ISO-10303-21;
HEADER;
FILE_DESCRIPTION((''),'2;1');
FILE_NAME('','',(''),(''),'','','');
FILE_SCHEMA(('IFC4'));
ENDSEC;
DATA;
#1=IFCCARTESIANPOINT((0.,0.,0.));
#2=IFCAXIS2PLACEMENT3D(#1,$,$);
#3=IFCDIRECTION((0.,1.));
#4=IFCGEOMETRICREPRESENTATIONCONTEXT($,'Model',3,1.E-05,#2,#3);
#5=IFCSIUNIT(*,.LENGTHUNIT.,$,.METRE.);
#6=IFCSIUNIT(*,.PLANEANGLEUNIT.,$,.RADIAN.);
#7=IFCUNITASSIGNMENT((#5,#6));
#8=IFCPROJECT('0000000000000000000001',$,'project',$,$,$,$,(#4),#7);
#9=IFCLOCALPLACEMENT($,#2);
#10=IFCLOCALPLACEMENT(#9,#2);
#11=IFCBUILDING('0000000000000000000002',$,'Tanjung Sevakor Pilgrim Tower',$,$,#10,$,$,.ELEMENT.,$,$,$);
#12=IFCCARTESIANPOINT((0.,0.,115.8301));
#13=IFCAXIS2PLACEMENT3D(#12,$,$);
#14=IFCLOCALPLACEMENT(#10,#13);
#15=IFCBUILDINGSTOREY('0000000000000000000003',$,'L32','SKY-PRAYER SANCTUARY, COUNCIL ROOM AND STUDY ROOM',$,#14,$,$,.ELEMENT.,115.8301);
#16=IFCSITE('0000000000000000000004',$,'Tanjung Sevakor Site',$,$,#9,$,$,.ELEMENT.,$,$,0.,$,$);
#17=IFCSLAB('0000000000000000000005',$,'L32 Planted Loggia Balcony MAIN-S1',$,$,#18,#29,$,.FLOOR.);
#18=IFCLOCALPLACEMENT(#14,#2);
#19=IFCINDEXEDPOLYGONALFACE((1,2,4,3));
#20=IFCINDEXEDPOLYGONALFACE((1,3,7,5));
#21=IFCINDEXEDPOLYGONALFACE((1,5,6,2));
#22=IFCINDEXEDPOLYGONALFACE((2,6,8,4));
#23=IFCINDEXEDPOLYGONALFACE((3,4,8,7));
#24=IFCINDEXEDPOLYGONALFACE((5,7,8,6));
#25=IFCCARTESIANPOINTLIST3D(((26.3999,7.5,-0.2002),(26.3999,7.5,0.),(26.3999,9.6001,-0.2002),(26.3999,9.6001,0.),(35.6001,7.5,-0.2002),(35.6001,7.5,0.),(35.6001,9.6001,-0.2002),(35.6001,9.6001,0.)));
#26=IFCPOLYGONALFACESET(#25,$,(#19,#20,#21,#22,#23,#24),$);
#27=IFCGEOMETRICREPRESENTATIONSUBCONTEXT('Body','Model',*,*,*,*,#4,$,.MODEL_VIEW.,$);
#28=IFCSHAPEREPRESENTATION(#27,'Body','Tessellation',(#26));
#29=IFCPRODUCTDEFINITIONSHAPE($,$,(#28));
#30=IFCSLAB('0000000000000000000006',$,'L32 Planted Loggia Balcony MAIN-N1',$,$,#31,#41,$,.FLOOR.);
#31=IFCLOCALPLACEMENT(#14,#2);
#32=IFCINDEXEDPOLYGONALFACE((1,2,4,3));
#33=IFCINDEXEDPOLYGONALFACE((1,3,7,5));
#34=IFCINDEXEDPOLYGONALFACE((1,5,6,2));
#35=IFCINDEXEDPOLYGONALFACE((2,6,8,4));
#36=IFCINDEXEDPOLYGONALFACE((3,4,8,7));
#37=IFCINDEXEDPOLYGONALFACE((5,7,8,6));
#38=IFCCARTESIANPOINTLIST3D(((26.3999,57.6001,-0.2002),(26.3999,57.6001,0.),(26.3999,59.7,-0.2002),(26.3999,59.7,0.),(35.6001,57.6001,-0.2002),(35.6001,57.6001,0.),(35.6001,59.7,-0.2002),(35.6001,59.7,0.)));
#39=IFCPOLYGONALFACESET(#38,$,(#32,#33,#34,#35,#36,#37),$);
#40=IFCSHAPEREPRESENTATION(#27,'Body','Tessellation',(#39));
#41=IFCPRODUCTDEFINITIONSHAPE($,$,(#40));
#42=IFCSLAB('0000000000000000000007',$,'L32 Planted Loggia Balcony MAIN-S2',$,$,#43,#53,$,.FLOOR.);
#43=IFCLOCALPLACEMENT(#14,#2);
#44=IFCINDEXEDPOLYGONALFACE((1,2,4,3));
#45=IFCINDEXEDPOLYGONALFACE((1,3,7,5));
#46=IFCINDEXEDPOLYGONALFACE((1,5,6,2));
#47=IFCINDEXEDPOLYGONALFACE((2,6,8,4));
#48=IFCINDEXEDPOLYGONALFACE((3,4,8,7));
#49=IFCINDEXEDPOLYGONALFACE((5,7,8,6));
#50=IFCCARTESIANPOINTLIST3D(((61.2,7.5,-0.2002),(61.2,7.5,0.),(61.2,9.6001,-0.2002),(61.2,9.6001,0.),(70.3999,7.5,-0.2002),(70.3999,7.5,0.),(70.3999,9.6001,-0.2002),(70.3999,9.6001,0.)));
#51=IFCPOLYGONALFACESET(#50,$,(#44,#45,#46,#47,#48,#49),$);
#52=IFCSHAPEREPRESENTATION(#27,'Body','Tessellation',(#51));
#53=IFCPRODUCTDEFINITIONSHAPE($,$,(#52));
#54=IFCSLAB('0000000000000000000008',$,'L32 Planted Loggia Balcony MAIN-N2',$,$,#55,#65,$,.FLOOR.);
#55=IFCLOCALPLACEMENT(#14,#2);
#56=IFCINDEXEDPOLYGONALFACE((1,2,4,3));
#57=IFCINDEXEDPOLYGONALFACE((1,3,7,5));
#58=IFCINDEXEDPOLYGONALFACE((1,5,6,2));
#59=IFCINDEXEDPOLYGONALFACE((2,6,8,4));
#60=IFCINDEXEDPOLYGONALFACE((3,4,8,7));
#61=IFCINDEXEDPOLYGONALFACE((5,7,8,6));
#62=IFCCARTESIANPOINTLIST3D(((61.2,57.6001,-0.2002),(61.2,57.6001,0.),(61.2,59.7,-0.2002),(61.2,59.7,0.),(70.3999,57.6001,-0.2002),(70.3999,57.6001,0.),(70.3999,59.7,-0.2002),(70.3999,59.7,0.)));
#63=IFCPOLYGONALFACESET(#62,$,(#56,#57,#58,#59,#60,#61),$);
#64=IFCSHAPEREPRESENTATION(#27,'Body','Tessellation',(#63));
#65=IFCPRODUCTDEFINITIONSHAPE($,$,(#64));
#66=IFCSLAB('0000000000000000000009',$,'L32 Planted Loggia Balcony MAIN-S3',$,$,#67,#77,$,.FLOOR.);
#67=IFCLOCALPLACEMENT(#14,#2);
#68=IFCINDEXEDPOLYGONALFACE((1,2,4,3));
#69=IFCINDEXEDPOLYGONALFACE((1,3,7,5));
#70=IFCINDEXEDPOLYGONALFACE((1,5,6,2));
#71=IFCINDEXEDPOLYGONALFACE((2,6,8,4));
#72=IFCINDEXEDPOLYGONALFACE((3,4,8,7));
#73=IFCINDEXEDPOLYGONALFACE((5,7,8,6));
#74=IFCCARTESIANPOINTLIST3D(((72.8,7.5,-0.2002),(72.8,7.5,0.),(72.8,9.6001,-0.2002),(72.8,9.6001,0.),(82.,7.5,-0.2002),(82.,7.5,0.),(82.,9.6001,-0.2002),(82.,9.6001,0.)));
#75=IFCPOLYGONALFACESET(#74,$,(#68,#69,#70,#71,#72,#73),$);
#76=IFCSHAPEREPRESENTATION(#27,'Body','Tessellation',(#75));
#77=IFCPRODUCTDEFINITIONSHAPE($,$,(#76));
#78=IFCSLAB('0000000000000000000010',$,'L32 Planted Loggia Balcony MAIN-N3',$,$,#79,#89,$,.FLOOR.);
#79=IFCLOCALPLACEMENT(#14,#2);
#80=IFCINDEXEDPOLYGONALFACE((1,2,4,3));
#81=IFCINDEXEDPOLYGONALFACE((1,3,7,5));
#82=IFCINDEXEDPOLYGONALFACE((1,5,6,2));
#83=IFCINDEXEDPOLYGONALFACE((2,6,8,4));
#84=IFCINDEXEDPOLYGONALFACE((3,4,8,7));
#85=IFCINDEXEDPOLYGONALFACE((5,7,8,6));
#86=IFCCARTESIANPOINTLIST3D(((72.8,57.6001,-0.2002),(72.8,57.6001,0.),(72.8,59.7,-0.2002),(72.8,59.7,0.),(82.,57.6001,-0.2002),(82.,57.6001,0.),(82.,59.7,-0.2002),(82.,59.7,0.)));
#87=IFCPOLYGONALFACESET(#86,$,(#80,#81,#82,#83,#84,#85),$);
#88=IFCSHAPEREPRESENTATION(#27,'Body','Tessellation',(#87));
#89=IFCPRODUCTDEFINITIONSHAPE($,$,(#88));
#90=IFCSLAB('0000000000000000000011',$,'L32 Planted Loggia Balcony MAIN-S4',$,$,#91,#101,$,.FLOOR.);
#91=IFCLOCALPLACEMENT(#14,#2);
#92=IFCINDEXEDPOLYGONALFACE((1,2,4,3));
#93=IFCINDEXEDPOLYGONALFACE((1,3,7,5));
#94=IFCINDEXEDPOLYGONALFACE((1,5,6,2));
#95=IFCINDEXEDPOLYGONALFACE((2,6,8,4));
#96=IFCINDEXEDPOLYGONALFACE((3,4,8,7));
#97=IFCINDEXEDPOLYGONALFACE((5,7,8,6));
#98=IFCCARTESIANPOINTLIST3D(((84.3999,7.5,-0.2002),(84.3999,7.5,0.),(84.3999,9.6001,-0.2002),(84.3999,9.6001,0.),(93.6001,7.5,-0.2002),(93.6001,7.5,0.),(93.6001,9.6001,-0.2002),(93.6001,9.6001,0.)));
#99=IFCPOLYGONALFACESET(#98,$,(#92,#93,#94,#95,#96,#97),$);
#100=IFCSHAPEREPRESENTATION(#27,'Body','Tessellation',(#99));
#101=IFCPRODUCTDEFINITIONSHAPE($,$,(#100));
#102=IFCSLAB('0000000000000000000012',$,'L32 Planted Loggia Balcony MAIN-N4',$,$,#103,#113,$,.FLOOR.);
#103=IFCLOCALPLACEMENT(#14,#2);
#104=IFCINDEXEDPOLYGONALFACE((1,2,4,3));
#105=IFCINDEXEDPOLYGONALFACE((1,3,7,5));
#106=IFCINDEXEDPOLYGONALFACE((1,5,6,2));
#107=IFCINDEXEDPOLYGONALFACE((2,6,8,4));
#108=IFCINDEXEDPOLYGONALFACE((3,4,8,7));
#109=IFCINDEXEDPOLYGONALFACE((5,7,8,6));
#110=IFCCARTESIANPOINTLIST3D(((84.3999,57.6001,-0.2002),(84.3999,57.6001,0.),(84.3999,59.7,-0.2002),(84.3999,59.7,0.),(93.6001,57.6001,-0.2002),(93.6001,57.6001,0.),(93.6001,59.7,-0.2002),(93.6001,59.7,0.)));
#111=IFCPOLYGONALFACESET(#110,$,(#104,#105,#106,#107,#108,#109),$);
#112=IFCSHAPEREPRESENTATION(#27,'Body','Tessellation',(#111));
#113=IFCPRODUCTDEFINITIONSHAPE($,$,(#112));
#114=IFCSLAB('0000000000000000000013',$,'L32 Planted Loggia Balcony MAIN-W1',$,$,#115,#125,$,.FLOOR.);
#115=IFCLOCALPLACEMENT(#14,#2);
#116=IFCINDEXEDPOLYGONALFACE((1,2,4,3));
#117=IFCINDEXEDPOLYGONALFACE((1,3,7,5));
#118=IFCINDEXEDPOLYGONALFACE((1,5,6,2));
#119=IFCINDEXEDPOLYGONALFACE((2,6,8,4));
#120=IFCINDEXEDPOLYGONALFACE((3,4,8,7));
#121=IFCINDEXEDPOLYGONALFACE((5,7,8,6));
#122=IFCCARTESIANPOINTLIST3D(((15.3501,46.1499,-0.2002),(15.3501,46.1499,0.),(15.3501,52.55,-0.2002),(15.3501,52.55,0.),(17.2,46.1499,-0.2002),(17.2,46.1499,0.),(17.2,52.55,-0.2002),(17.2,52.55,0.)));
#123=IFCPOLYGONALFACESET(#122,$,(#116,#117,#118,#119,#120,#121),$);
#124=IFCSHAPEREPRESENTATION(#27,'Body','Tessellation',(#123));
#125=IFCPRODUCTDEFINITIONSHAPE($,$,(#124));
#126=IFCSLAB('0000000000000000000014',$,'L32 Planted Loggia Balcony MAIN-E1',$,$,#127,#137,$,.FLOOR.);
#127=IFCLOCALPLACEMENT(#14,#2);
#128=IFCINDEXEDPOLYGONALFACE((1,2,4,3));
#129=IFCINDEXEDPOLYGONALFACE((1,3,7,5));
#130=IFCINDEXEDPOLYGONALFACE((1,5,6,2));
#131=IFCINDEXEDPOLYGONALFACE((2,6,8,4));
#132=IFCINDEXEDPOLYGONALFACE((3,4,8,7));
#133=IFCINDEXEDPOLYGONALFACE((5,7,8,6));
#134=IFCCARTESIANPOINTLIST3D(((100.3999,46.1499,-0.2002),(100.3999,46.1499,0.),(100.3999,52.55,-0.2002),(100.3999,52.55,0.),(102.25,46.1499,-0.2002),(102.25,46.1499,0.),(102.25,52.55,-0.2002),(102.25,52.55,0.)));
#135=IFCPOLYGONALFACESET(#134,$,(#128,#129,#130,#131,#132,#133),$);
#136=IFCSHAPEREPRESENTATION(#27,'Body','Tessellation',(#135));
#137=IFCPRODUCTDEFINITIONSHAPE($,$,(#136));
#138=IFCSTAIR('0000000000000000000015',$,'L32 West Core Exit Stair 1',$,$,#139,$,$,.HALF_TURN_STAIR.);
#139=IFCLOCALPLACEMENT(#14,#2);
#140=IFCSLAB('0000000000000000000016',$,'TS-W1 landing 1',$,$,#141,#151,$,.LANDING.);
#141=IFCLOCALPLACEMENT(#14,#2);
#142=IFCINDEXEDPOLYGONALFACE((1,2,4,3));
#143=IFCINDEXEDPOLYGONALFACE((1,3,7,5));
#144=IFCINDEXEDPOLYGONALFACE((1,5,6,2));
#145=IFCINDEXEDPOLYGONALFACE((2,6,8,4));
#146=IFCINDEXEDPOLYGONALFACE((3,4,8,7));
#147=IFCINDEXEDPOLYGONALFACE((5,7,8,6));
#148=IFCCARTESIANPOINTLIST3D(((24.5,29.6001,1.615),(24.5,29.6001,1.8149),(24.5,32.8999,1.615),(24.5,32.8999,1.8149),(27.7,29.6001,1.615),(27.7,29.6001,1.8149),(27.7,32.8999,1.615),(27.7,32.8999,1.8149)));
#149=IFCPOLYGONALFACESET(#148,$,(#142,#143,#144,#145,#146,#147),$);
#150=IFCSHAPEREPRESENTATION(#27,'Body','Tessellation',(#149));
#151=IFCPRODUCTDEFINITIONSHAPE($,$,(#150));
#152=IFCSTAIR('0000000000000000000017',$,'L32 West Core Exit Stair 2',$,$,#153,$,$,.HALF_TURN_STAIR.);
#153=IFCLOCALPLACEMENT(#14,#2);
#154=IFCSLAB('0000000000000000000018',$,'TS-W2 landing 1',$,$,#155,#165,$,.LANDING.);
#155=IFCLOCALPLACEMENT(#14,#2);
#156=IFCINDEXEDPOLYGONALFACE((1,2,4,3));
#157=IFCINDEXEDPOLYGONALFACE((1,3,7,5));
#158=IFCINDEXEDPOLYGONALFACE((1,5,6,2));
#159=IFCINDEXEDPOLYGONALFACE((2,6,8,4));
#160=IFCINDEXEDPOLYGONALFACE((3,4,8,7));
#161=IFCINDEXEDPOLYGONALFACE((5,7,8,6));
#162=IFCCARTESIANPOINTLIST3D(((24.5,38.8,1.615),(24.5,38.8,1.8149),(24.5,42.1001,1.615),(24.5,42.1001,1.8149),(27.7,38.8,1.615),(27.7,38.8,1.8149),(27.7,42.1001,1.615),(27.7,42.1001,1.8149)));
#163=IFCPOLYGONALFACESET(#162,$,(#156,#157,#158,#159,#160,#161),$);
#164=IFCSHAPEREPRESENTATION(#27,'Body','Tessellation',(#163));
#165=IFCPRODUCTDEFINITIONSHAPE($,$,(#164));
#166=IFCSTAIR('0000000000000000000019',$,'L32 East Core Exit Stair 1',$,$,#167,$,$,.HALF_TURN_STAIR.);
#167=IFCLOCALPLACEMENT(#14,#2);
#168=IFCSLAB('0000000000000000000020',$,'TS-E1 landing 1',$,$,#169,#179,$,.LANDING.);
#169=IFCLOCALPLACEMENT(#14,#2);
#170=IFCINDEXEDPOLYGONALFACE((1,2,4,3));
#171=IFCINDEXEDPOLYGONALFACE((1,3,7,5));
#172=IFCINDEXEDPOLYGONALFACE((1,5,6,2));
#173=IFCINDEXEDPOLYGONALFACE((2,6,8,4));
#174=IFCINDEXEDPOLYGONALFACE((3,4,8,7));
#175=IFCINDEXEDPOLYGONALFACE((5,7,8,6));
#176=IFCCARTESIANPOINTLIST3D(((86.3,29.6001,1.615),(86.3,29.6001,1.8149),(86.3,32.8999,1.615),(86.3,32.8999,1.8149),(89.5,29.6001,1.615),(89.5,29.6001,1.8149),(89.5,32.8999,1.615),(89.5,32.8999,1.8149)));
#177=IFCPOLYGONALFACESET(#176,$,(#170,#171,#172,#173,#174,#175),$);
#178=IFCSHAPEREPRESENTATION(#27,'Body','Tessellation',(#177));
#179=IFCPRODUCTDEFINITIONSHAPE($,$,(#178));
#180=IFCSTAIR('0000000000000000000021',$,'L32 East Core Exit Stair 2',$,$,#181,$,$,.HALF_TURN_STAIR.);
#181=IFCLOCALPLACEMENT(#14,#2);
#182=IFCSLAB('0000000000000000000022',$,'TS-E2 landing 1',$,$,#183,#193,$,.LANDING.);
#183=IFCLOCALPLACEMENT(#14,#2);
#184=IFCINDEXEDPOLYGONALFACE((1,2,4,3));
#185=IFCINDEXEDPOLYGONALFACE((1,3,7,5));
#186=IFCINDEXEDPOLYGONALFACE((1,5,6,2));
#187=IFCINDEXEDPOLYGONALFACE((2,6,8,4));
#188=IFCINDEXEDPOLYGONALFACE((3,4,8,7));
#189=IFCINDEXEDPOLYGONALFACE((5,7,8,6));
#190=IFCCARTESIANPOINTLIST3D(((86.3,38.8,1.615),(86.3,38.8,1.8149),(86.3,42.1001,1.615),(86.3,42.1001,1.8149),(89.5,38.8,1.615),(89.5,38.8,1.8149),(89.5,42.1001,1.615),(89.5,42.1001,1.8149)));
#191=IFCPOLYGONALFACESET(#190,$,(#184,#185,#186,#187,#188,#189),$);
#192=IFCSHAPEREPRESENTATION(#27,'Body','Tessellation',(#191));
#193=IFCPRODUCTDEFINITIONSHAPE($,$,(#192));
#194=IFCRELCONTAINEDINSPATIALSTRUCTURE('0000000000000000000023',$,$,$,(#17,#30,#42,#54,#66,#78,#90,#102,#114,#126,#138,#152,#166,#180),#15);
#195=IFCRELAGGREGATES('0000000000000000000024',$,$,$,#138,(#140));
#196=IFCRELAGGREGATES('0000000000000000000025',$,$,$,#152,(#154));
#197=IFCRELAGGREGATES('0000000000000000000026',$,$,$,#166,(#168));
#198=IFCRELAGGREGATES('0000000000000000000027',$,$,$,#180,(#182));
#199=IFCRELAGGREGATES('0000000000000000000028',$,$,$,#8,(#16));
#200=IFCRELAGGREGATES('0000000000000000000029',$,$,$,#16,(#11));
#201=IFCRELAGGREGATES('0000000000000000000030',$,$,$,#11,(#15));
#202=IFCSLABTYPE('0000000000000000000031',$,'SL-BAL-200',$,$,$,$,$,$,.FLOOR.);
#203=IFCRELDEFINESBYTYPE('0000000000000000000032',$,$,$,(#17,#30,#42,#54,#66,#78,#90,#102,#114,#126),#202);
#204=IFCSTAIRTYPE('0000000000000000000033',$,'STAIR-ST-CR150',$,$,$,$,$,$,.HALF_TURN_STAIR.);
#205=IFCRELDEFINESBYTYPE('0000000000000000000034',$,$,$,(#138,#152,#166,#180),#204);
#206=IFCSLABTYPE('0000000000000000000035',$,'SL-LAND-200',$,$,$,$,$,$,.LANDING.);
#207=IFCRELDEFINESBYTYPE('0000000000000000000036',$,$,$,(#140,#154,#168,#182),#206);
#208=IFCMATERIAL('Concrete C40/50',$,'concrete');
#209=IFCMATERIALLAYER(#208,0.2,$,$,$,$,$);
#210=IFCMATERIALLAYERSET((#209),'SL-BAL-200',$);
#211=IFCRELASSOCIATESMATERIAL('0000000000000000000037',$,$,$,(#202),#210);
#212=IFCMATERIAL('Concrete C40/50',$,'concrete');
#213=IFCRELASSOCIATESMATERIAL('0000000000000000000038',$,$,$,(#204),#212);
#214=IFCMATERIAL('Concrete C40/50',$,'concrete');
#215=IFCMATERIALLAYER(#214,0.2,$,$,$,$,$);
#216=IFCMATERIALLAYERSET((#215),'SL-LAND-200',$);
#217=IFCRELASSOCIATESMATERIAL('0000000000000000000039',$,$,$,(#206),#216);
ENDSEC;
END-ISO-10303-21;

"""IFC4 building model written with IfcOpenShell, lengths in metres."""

from ifc_helpers import new_model, si_unit, direction, frame, origin, place, context, subcontext, project, spatial, polyline, outline, extrude, material, layer, layer_set, type_object, element, aggregate, save


model = new_model("IFC4")

# Units and contexts
model_context = context("Model", 3, precision=1e-05, world=origin(), true_north=direction((0.0, 1.0)))
body_context = subcontext(model_context, "Body", "Model", "MODEL_VIEW")
ifc_project = project(units=[si_unit("LENGTHUNIT", "METRE"), si_unit("PLANEANGLEUNIT", "RADIAN")], contexts=[model_context])

# Site, building, storey
site_placement = place(None, origin())
site = spatial("IfcSite", under=ifc_project, at=site_placement, Name="Tanjung Sevakor Site", CompositionType="ELEMENT", RefElevation=0.0)
building_placement = place(site_placement, origin())
building = spatial("IfcBuilding", under=site, at=building_placement, Name="Tanjung Sevakor Pilgrim Tower", CompositionType="ELEMENT")
storey_placement = place(building_placement, frame((0.0, 0.0, 115.8301)))
storey = spatial("IfcBuildingStorey", under=building, at=storey_placement, Name="L32", Description="SKY-PRAYER SANCTUARY, COUNCIL ROOM AND STUDY ROOM", CompositionType="ELEMENT", Elevation=115.8301)

# Slabs
ifc_material_1 = material(Name="Concrete C40/50", Category="concrete")
ifc_layer_1 = layer(ifc_material_1, 0.2)
ifc_layer_set_1 = layer_set([ifc_layer_1], Name="SL-BAL-200")
slab_type_1 = type_object("IfcSlabType", Name="SL-BAL-200", PredefinedType="FLOOR", material=ifc_layer_set_1)
slab_1_placement = place(storey_placement, frame((0.0, 0.0, -0.2002)))
element("IfcSlab", 1, at=slab_1_placement, inside=storey, type_object=slab_type_1, Name="L32 Planted Loggia Balcony MAIN-S1", PredefinedType="FLOOR", context=body_context, shape_type="SweptSolid", body=[
    extrude(outline(polyline([(26.3999, 7.5), (35.6001, 7.5), (35.6001, 9.6001), (26.3999, 9.6001), (26.3999, 7.5)])), origin(), (0.0, 0.0, 1.0), 0.2002),
])
slab_2_placement = place(storey_placement, frame((0.0, 0.0, -0.2002)))
element("IfcSlab", 2, at=slab_2_placement, inside=storey, type_object=slab_type_1, Name="L32 Planted Loggia Balcony MAIN-N1", PredefinedType="FLOOR", context=body_context, shape_type="SweptSolid", body=[
    extrude(outline(polyline([(26.3999, 57.6001), (35.6001, 57.6001), (35.6001, 59.7), (26.3999, 59.7), (26.3999, 57.6001)])), origin(), (0.0, 0.0, 1.0), 0.2002),
])
slab_3_placement = place(storey_placement, frame((0.0, 0.0, -0.2002)))
element("IfcSlab", 3, at=slab_3_placement, inside=storey, type_object=slab_type_1, Name="L32 Planted Loggia Balcony MAIN-S2", PredefinedType="FLOOR", context=body_context, shape_type="SweptSolid", body=[
    extrude(outline(polyline([(61.2, 7.5), (70.3999, 7.5), (70.3999, 9.6001), (61.2, 9.6001), (61.2, 7.5)])), origin(), (0.0, 0.0, 1.0), 0.2002),
])
slab_4_placement = place(storey_placement, frame((0.0, 0.0, -0.2002)))
element("IfcSlab", 4, at=slab_4_placement, inside=storey, type_object=slab_type_1, Name="L32 Planted Loggia Balcony MAIN-N2", PredefinedType="FLOOR", context=body_context, shape_type="SweptSolid", body=[
    extrude(outline(polyline([(61.2, 57.6001), (70.3999, 57.6001), (70.3999, 59.7), (61.2, 59.7), (61.2, 57.6001)])), origin(), (0.0, 0.0, 1.0), 0.2002),
])
slab_5_placement = place(storey_placement, frame((0.0, 0.0, -0.2002)))
element("IfcSlab", 5, at=slab_5_placement, inside=storey, type_object=slab_type_1, Name="L32 Planted Loggia Balcony MAIN-S3", PredefinedType="FLOOR", context=body_context, shape_type="SweptSolid", body=[
    extrude(outline(polyline([(72.8, 7.5), (82.0, 7.5), (82.0, 9.6001), (72.8, 9.6001), (72.8, 7.5)])), origin(), (0.0, 0.0, 1.0), 0.2002),
])
slab_6_placement = place(storey_placement, frame((0.0, 0.0, -0.2002)))
element("IfcSlab", 6, at=slab_6_placement, inside=storey, type_object=slab_type_1, Name="L32 Planted Loggia Balcony MAIN-N3", PredefinedType="FLOOR", context=body_context, shape_type="SweptSolid", body=[
    extrude(outline(polyline([(72.8, 57.6001), (82.0, 57.6001), (82.0, 59.7), (72.8, 59.7), (72.8, 57.6001)])), origin(), (0.0, 0.0, 1.0), 0.2002),
])
slab_7_placement = place(storey_placement, frame((0.0, 0.0, -0.2002)))
element("IfcSlab", 7, at=slab_7_placement, inside=storey, type_object=slab_type_1, Name="L32 Planted Loggia Balcony MAIN-S4", PredefinedType="FLOOR", context=body_context, shape_type="SweptSolid", body=[
    extrude(outline(polyline([(84.3999, 7.5), (93.6001, 7.5), (93.6001, 9.6001), (84.3999, 9.6001), (84.3999, 7.5)])), origin(), (0.0, 0.0, 1.0), 0.2002),
])
slab_8_placement = place(storey_placement, frame((0.0, 0.0, -0.2002)))
element("IfcSlab", 8, at=slab_8_placement, inside=storey, type_object=slab_type_1, Name="L32 Planted Loggia Balcony MAIN-N4", PredefinedType="FLOOR", context=body_context, shape_type="SweptSolid", body=[
    extrude(outline(polyline([(84.3999, 57.6001), (93.6001, 57.6001), (93.6001, 59.7), (84.3999, 59.7), (84.3999, 57.6001)])), origin(), (0.0, 0.0, 1.0), 0.2002),
])
slab_9_placement = place(storey_placement, frame((0.0, 0.0, -0.2002)))
element("IfcSlab", 9, at=slab_9_placement, inside=storey, type_object=slab_type_1, Name="L32 Planted Loggia Balcony MAIN-W1", PredefinedType="FLOOR", context=body_context, shape_type="SweptSolid", body=[
    extrude(outline(polyline([(15.3501, 46.1499), (17.2, 46.1499), (17.2, 52.55), (15.3501, 52.55), (15.3501, 46.1499)])), origin(), (0.0, 0.0, 1.0), 0.2002),
])
slab_10_placement = place(storey_placement, frame((0.0, 0.0, -0.2002)))
element("IfcSlab", 10, at=slab_10_placement, inside=storey, type_object=slab_type_1, Name="L32 Planted Loggia Balcony MAIN-E1", PredefinedType="FLOOR", context=body_context, shape_type="SweptSolid", body=[
    extrude(outline(polyline([(100.3999, 46.1499), (102.25, 46.1499), (102.25, 52.55), (100.3999, 52.55), (100.3999, 46.1499)])), origin(), (0.0, 0.0, 1.0), 0.2002),
])

# Stairs, slabs
ifc_material_2 = material(Name="Concrete C40/50", Category="concrete")
stair_type = type_object("IfcStairType", Name="STAIR-ST-CR150", PredefinedType="HALF_TURN_STAIR", material=ifc_material_2)
stair_1_placement = place(storey_placement, origin())
stair_1 = element("IfcStair", 11, at=stair_1_placement, inside=storey, type_object=stair_type, Name="L32 West Core Exit Stair 1", PredefinedType="HALF_TURN_STAIR")
ifc_material_3 = material(Name="Concrete C40/50", Category="concrete")
ifc_layer_2 = layer(ifc_material_3, 0.2)
ifc_layer_set_2 = layer_set([ifc_layer_2], Name="SL-LAND-200")
slab_type_2 = type_object("IfcSlabType", Name="SL-LAND-200", PredefinedType="LANDING", material=ifc_layer_set_2)
slab_11_placement = place(storey_placement, frame((0.0, 0.0, 1.615)))
slab_11 = element("IfcSlab", 12, at=slab_11_placement, type_object=slab_type_2, Name="TS-W1 landing 1", PredefinedType="LANDING", context=body_context, shape_type="SweptSolid", body=[
    extrude(outline(polyline([(27.7, 29.6001), (27.7, 32.8999), (24.5, 32.8999), (24.5, 29.6001), (27.7, 29.6001)])), origin(), (0.0, 0.0, 1.0), 0.2),
])
aggregate(stair_1, [slab_11])
stair_2_placement = place(storey_placement, origin())
stair_2 = element("IfcStair", 13, at=stair_2_placement, inside=storey, type_object=stair_type, Name="L32 West Core Exit Stair 2", PredefinedType="HALF_TURN_STAIR")
slab_12_placement = place(storey_placement, frame((0.0, 0.0, 1.615)))
slab_12 = element("IfcSlab", 14, at=slab_12_placement, type_object=slab_type_2, Name="TS-W2 landing 1", PredefinedType="LANDING", context=body_context, shape_type="SweptSolid", body=[
    extrude(outline(polyline([(27.7, 38.8), (27.7, 42.1001), (24.5, 42.1001), (24.5, 38.8), (27.7, 38.8)])), origin(), (0.0, 0.0, 1.0), 0.2),
])
aggregate(stair_2, [slab_12])
stair_3_placement = place(storey_placement, origin())
stair_3 = element("IfcStair", 15, at=stair_3_placement, inside=storey, type_object=stair_type, Name="L32 East Core Exit Stair 1", PredefinedType="HALF_TURN_STAIR")
slab_13_placement = place(storey_placement, frame((0.0, 0.0, 1.615)))
slab_13 = element("IfcSlab", 16, at=slab_13_placement, type_object=slab_type_2, Name="TS-E1 landing 1", PredefinedType="LANDING", context=body_context, shape_type="SweptSolid", body=[
    extrude(outline(polyline([(89.5, 29.6001), (89.5, 32.8999), (86.3, 32.8999), (86.3, 29.6001), (89.5, 29.6001)])), origin(), (0.0, 0.0, 1.0), 0.2),
])
aggregate(stair_3, [slab_13])
stair_4_placement = place(storey_placement, origin())
stair_4 = element("IfcStair", 17, at=stair_4_placement, inside=storey, type_object=stair_type, Name="L32 East Core Exit Stair 2", PredefinedType="HALF_TURN_STAIR")
slab_14_placement = place(storey_placement, frame((0.0, 0.0, 1.615)))
slab_14 = element("IfcSlab", 18, at=slab_14_placement, type_object=slab_type_2, Name="TS-E2 landing 1", PredefinedType="LANDING", context=body_context, shape_type="SweptSolid", body=[
    extrude(outline(polyline([(89.5, 38.8), (89.5, 42.1001), (86.3, 42.1001), (86.3, 38.8), (89.5, 38.8)])), origin(), (0.0, 0.0, 1.0), 0.2),
])
aggregate(stair_4, [slab_14])

save(model, "model.ifc")
